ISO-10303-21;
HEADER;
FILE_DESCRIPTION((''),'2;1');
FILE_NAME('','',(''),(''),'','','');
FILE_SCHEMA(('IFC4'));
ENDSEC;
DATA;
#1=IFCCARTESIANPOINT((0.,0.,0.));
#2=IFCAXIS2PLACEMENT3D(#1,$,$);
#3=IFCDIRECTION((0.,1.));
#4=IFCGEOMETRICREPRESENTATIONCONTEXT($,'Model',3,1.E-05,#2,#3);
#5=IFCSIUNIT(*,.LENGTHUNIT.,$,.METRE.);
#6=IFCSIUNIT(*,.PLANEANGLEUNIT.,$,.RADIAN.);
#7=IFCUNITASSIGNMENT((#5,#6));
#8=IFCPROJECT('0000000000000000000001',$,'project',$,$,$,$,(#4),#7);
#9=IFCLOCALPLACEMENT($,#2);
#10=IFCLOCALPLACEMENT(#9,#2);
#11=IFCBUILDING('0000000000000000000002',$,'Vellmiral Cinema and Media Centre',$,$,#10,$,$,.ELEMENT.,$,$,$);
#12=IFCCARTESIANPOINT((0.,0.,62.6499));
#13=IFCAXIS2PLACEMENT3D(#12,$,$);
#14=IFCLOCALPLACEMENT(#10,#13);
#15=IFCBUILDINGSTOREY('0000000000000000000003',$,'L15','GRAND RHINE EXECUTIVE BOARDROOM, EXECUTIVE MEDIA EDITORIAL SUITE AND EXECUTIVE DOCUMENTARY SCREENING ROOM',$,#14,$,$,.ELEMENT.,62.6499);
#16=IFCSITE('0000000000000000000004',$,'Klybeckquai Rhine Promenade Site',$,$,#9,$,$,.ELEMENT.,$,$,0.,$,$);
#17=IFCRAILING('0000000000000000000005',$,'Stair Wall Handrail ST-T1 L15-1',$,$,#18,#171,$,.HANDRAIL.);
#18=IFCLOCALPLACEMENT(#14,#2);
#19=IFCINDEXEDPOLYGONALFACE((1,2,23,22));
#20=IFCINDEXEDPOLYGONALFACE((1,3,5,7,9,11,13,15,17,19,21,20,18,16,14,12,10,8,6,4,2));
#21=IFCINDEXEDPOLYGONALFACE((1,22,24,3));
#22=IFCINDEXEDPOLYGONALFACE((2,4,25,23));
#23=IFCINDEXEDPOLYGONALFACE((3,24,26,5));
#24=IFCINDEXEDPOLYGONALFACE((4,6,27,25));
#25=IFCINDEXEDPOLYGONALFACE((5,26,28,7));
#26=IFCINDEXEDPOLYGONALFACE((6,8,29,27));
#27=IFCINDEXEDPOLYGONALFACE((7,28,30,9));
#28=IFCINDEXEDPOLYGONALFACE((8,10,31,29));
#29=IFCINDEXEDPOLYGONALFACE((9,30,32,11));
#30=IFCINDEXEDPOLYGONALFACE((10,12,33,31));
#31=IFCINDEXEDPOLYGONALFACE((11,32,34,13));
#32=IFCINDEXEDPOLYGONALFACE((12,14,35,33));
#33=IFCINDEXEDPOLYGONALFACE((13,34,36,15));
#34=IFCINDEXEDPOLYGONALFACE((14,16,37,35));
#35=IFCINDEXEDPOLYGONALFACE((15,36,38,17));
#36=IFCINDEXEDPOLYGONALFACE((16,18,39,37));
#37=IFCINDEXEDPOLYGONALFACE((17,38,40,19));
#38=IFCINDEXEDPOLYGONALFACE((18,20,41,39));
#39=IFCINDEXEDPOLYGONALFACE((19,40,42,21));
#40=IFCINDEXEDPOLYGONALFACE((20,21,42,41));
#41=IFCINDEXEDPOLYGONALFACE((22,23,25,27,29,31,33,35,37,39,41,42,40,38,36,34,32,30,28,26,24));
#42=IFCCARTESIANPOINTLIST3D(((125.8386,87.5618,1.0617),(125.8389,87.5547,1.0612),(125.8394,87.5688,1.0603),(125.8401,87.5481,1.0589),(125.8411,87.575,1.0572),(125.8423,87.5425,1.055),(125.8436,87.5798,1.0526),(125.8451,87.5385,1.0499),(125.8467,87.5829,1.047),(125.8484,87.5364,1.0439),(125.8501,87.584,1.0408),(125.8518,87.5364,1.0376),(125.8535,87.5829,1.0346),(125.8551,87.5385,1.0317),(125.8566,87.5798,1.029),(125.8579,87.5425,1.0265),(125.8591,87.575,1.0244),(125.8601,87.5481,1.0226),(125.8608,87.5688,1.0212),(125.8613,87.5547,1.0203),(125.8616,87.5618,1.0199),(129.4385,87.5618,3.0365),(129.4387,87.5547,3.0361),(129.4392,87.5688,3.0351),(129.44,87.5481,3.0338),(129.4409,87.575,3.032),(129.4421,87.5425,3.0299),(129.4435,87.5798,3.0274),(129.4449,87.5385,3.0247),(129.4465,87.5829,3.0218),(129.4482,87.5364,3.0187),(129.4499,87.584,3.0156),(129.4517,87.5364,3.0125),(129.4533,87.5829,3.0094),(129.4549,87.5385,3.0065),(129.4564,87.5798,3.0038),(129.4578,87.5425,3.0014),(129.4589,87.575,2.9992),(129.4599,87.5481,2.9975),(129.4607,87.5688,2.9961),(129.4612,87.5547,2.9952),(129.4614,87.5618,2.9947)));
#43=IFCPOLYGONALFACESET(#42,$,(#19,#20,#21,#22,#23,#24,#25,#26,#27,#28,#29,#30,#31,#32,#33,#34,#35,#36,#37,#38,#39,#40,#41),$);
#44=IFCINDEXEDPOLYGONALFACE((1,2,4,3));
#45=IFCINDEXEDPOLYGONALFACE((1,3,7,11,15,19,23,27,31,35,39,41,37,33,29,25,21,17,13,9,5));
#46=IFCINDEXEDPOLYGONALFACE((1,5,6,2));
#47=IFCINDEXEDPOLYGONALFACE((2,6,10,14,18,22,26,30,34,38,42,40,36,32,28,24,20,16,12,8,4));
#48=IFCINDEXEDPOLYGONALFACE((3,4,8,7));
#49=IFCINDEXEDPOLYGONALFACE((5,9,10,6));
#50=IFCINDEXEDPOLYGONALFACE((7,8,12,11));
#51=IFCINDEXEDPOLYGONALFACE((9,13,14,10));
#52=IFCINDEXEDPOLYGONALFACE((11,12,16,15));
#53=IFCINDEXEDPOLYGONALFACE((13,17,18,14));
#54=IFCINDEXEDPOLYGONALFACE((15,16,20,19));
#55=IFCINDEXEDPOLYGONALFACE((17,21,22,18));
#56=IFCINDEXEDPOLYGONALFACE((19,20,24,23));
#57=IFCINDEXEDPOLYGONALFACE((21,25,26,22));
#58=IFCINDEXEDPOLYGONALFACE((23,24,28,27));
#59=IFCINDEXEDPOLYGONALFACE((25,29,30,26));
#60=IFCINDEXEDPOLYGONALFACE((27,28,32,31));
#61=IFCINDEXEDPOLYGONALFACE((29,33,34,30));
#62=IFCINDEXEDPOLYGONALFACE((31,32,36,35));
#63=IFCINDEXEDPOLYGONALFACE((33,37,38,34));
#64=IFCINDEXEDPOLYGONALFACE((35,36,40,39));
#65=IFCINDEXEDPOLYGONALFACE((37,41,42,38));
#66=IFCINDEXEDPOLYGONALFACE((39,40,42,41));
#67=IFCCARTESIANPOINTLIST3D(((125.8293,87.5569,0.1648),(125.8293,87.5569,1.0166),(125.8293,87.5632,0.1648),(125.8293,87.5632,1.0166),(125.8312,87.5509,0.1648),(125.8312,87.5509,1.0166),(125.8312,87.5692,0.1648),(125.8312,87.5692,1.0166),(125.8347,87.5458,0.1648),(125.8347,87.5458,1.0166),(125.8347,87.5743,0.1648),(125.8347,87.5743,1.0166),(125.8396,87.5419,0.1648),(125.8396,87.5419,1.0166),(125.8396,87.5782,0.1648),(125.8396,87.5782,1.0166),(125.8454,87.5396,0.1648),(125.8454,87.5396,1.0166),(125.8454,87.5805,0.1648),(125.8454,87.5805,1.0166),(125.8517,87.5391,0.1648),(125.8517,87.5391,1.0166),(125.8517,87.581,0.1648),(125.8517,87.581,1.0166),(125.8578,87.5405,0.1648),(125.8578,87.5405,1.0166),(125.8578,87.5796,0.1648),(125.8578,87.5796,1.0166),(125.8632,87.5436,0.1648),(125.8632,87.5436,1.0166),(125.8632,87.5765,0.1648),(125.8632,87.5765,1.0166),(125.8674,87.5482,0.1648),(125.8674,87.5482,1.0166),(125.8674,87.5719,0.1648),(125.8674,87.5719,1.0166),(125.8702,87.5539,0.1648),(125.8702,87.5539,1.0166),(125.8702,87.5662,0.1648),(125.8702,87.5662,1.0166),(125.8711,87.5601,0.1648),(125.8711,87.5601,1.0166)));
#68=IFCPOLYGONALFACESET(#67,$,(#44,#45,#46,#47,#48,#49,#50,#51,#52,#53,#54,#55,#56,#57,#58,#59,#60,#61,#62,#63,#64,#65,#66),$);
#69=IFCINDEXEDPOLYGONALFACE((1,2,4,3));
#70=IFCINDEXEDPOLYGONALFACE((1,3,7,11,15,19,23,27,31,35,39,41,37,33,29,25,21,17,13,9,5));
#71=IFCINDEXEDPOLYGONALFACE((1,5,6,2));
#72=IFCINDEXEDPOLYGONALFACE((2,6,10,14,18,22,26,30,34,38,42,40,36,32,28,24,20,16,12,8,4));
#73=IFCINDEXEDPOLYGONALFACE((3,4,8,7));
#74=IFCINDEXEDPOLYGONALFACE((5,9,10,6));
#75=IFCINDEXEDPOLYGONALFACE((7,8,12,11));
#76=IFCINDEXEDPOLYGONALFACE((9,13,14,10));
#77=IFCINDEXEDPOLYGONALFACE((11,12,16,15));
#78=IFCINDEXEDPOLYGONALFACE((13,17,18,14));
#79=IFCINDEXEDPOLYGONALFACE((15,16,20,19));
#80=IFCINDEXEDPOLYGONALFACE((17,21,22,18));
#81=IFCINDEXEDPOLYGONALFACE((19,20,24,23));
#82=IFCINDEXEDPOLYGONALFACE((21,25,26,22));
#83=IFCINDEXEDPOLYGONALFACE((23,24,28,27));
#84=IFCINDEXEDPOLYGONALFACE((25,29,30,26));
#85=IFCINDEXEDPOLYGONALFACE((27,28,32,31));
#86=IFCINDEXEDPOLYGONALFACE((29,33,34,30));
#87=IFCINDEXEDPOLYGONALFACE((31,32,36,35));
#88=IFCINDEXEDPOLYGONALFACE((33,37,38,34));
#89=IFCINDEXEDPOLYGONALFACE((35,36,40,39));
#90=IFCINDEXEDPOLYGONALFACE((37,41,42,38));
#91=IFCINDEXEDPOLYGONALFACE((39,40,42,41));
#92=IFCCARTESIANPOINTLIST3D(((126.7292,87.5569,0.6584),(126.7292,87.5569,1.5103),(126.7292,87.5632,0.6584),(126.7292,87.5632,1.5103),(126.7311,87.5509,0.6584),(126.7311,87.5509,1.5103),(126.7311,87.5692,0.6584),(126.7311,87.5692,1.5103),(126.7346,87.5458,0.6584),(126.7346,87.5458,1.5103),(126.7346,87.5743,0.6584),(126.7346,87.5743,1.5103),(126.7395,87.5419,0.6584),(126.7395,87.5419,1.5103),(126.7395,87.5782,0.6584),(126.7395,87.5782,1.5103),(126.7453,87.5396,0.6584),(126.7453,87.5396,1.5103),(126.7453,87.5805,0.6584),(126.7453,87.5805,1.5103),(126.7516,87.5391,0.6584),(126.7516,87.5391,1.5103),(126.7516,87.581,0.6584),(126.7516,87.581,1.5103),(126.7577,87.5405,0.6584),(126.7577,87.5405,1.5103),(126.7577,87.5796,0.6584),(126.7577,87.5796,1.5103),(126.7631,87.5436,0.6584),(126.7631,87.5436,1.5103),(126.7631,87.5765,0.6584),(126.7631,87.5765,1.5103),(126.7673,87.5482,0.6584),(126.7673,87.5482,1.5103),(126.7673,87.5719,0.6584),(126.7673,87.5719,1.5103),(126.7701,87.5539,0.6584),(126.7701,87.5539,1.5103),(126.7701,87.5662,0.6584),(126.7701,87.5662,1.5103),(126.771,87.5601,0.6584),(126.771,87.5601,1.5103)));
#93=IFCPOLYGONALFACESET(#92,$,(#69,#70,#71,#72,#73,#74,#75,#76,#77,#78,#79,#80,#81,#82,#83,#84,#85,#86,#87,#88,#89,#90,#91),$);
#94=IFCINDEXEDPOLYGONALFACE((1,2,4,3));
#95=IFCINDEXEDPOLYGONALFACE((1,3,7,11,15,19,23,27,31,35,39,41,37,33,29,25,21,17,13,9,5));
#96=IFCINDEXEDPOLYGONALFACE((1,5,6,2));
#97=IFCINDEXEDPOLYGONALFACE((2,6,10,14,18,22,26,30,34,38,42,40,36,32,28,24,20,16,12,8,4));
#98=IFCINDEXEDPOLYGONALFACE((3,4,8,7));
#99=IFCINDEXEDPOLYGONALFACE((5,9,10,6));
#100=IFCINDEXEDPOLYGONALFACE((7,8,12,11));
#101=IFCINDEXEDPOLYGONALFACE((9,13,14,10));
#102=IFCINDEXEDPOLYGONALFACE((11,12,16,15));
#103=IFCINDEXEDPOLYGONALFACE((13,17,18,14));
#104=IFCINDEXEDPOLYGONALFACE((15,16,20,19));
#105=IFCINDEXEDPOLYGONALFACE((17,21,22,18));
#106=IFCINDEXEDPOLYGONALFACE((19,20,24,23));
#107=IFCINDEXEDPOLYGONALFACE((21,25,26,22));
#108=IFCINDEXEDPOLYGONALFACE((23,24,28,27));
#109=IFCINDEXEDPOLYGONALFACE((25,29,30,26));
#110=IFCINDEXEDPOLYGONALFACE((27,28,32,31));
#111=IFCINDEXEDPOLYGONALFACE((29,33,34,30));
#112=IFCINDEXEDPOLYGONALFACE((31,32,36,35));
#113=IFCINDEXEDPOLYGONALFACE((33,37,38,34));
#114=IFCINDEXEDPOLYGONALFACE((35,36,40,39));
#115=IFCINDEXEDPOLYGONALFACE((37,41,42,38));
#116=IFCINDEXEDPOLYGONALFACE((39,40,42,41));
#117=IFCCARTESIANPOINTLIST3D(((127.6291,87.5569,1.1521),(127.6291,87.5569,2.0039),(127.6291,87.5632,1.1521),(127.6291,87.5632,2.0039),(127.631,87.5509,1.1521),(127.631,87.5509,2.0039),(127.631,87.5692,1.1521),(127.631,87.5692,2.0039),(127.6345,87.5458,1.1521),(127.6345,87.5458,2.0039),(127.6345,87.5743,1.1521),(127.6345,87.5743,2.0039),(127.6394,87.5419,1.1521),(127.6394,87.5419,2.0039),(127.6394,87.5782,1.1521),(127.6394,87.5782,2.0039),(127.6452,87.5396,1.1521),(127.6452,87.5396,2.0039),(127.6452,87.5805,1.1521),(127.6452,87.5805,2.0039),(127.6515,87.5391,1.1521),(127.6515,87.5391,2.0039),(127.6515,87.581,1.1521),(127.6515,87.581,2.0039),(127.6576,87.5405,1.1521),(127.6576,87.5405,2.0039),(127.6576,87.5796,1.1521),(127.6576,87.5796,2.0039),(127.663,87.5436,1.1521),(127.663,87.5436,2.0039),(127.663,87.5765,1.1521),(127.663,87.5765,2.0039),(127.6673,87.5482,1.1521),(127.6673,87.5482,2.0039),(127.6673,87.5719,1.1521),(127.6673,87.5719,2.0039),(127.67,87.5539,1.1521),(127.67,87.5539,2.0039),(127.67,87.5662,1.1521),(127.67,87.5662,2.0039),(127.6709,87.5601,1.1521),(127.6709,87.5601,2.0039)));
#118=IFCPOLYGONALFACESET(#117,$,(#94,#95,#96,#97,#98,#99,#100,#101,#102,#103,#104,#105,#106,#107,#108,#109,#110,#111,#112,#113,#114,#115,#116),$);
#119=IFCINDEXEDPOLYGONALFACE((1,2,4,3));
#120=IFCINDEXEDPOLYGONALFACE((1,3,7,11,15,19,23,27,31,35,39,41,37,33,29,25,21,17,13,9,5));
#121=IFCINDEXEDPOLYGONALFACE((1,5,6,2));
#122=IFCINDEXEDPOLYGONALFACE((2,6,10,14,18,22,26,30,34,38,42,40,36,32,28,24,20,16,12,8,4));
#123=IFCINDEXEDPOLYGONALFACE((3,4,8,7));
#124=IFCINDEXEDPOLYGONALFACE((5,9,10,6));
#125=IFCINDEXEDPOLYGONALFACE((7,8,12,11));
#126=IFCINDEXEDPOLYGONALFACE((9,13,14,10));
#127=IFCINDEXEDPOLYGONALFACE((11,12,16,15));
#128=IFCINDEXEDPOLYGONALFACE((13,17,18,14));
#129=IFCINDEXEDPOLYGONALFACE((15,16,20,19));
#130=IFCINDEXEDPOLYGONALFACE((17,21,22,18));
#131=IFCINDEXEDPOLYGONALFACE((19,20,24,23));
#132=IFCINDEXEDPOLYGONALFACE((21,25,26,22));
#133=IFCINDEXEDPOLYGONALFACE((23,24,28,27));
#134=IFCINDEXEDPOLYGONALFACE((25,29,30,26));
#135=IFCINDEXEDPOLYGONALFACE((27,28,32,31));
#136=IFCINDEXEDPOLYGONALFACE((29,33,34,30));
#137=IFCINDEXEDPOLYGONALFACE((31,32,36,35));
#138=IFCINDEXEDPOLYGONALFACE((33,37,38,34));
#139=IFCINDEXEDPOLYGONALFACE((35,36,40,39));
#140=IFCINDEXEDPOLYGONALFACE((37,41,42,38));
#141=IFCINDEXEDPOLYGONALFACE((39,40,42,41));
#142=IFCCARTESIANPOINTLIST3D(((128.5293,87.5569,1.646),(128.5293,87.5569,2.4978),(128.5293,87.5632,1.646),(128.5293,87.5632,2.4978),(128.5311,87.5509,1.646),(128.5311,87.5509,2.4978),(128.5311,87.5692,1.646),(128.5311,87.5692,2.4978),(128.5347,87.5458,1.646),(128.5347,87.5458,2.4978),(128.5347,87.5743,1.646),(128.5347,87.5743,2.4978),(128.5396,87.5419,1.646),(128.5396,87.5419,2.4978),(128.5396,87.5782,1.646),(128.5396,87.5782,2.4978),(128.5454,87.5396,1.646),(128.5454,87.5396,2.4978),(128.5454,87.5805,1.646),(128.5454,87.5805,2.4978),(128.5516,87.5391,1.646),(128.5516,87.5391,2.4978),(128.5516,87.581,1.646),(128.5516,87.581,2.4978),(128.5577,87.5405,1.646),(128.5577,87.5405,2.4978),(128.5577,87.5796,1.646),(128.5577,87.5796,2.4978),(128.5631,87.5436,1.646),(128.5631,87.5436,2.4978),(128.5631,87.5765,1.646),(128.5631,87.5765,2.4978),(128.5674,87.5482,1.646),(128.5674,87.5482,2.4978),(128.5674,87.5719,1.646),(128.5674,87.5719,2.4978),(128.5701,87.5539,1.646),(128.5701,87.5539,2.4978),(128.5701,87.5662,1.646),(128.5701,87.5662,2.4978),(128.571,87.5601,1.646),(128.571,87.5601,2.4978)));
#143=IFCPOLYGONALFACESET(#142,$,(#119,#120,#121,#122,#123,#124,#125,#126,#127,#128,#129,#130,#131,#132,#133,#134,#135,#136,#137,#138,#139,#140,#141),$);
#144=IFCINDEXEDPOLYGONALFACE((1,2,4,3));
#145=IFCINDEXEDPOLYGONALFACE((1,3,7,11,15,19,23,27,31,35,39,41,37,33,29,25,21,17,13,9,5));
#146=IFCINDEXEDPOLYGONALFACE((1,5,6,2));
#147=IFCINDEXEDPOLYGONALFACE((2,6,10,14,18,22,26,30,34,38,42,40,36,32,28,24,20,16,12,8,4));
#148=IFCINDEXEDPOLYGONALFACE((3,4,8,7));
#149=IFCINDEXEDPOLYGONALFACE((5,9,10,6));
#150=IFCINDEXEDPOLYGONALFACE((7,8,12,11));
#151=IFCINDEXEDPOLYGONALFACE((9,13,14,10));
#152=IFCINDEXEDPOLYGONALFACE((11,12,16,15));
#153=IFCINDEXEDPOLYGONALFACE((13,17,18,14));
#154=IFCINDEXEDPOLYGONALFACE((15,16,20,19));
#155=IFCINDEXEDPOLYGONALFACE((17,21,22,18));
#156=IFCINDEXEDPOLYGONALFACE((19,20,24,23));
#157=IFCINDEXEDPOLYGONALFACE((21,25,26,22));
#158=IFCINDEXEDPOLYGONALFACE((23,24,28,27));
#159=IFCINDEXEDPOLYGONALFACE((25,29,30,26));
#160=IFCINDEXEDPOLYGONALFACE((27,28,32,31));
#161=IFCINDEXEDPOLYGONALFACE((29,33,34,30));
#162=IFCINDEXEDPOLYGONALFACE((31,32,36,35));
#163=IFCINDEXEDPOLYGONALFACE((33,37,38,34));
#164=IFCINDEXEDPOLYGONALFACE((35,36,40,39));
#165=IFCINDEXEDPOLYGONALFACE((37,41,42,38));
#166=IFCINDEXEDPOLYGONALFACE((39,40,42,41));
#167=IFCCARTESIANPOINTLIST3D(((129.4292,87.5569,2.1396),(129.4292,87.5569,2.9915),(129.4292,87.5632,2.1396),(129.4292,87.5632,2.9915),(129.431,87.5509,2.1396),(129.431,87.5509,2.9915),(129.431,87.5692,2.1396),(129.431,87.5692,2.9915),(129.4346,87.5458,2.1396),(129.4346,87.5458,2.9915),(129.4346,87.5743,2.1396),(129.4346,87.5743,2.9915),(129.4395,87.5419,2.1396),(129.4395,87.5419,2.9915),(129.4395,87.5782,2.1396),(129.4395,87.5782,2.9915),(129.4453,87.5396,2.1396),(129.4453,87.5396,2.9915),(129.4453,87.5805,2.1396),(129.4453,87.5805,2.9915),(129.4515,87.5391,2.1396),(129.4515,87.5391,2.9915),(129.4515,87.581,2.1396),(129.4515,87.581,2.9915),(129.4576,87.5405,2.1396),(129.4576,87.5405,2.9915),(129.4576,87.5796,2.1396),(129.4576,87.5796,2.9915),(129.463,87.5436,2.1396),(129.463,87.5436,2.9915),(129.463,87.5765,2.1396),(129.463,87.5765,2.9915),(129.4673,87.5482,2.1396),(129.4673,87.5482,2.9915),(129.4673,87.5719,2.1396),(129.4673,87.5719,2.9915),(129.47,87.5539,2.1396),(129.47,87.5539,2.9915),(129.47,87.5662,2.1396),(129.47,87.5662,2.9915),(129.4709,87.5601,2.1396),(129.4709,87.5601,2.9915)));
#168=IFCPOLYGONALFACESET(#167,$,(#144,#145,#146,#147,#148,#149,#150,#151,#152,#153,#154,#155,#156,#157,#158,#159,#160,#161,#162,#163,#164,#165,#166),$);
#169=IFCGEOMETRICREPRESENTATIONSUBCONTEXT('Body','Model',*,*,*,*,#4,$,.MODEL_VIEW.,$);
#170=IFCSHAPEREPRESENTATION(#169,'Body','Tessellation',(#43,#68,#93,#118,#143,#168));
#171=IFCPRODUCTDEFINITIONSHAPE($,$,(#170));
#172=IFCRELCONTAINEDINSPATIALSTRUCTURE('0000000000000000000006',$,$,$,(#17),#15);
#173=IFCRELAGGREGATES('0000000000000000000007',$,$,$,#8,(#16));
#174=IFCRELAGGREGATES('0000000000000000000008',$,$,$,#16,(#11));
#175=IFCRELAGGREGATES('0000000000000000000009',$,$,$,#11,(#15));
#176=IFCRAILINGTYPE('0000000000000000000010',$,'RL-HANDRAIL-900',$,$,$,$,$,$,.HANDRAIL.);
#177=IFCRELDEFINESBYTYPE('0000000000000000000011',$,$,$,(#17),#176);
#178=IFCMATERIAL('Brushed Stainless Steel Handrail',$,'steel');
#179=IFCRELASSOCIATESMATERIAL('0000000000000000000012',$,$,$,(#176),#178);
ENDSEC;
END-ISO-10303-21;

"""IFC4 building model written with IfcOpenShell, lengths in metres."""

from ifc_helpers import new_model, si_unit, direction, frame, origin, origin_2d, place, context, subcontext, project, spatial, circle, extrude, material, type_object, element, save


model = new_model("IFC4")

# Units and contexts
model_context = context("Model", 3, precision=1e-05, world=origin(), true_north=direction((0.0, 1.0)))
body_context = subcontext(model_context, "Body", "Model", "MODEL_VIEW")
ifc_project = project(units=[si_unit("LENGTHUNIT", "METRE"), si_unit("PLANEANGLEUNIT", "RADIAN")], contexts=[model_context])

# Site, building, storey
site_placement = place(None, origin())
site = spatial("IfcSite", under=ifc_project, at=site_placement, Name="Klybeckquai Rhine Promenade Site", CompositionType="ELEMENT", RefElevation=0.0)
building_placement = place(site_placement, origin())
building = spatial("IfcBuilding", under=site, at=building_placement, Name="Vellmiral Cinema and Media Centre", CompositionType="ELEMENT")
storey_placement = place(building_placement, frame((0.0, 0.0, 62.6499)))
storey = spatial("IfcBuildingStorey", under=building, at=storey_placement, Name="L15", Description="GRAND RHINE EXECUTIVE BOARDROOM, EXECUTIVE MEDIA EDITORIAL SUITE AND EXECUTIVE DOCUMENTARY SCREENING ROOM", CompositionType="ELEMENT", Elevation=62.6499)

# Railing
ifc_material_1 = material(Name="Brushed Stainless Steel Handrail", Category="steel")
railing_type = type_object("IfcRailingType", Name="RL-HANDRAIL-900", PredefinedType="HANDRAIL", material=ifc_material_1)
railing_placement = place(storey_placement, frame((125.8501, 87.5601, 0.1648)))
element("IfcRailing", 1, at=railing_placement, inside=storey, type_object=railing_type, Name="Stair Wall Handrail ST-T1 L15-1", PredefinedType="HANDRAIL", context=body_context, shape_type="SweptSolid", body=[
    extrude(circle(Radius=0.0239, at=origin_2d()), frame((0.0, 0.0, 0.876), z_axis=(0.876736, 0.0, 0.480971), x_axis=(0.0, 1.0, 0.0)), (0.0, 0.0, 1.0), 4.106),
    extrude(circle(Radius=0.021, at=origin_2d()), origin(), (0.0, 0.0, 1.0), 0.8518),
    extrude(circle(Radius=0.021, at=origin_2d()), frame((0.8999, 0.0, 0.4937)), (0.0, 0.0, 1.0), 0.8518),
    extrude(circle(Radius=0.021, at=origin_2d()), frame((1.7998, 0.0, 0.9873)), (0.0, 0.0, 1.0), 0.8518),
    extrude(circle(Radius=0.021, at=origin_2d()), frame((2.7, 0.0, 1.4812)), (0.0, 0.0, 1.0), 0.8518),
    extrude(circle(Radius=0.021, at=origin_2d()), frame((3.5999, 0.0, 1.9749)), (0.0, 0.0, 1.0), 0.8518),
])

save(model, "model.ifc")
